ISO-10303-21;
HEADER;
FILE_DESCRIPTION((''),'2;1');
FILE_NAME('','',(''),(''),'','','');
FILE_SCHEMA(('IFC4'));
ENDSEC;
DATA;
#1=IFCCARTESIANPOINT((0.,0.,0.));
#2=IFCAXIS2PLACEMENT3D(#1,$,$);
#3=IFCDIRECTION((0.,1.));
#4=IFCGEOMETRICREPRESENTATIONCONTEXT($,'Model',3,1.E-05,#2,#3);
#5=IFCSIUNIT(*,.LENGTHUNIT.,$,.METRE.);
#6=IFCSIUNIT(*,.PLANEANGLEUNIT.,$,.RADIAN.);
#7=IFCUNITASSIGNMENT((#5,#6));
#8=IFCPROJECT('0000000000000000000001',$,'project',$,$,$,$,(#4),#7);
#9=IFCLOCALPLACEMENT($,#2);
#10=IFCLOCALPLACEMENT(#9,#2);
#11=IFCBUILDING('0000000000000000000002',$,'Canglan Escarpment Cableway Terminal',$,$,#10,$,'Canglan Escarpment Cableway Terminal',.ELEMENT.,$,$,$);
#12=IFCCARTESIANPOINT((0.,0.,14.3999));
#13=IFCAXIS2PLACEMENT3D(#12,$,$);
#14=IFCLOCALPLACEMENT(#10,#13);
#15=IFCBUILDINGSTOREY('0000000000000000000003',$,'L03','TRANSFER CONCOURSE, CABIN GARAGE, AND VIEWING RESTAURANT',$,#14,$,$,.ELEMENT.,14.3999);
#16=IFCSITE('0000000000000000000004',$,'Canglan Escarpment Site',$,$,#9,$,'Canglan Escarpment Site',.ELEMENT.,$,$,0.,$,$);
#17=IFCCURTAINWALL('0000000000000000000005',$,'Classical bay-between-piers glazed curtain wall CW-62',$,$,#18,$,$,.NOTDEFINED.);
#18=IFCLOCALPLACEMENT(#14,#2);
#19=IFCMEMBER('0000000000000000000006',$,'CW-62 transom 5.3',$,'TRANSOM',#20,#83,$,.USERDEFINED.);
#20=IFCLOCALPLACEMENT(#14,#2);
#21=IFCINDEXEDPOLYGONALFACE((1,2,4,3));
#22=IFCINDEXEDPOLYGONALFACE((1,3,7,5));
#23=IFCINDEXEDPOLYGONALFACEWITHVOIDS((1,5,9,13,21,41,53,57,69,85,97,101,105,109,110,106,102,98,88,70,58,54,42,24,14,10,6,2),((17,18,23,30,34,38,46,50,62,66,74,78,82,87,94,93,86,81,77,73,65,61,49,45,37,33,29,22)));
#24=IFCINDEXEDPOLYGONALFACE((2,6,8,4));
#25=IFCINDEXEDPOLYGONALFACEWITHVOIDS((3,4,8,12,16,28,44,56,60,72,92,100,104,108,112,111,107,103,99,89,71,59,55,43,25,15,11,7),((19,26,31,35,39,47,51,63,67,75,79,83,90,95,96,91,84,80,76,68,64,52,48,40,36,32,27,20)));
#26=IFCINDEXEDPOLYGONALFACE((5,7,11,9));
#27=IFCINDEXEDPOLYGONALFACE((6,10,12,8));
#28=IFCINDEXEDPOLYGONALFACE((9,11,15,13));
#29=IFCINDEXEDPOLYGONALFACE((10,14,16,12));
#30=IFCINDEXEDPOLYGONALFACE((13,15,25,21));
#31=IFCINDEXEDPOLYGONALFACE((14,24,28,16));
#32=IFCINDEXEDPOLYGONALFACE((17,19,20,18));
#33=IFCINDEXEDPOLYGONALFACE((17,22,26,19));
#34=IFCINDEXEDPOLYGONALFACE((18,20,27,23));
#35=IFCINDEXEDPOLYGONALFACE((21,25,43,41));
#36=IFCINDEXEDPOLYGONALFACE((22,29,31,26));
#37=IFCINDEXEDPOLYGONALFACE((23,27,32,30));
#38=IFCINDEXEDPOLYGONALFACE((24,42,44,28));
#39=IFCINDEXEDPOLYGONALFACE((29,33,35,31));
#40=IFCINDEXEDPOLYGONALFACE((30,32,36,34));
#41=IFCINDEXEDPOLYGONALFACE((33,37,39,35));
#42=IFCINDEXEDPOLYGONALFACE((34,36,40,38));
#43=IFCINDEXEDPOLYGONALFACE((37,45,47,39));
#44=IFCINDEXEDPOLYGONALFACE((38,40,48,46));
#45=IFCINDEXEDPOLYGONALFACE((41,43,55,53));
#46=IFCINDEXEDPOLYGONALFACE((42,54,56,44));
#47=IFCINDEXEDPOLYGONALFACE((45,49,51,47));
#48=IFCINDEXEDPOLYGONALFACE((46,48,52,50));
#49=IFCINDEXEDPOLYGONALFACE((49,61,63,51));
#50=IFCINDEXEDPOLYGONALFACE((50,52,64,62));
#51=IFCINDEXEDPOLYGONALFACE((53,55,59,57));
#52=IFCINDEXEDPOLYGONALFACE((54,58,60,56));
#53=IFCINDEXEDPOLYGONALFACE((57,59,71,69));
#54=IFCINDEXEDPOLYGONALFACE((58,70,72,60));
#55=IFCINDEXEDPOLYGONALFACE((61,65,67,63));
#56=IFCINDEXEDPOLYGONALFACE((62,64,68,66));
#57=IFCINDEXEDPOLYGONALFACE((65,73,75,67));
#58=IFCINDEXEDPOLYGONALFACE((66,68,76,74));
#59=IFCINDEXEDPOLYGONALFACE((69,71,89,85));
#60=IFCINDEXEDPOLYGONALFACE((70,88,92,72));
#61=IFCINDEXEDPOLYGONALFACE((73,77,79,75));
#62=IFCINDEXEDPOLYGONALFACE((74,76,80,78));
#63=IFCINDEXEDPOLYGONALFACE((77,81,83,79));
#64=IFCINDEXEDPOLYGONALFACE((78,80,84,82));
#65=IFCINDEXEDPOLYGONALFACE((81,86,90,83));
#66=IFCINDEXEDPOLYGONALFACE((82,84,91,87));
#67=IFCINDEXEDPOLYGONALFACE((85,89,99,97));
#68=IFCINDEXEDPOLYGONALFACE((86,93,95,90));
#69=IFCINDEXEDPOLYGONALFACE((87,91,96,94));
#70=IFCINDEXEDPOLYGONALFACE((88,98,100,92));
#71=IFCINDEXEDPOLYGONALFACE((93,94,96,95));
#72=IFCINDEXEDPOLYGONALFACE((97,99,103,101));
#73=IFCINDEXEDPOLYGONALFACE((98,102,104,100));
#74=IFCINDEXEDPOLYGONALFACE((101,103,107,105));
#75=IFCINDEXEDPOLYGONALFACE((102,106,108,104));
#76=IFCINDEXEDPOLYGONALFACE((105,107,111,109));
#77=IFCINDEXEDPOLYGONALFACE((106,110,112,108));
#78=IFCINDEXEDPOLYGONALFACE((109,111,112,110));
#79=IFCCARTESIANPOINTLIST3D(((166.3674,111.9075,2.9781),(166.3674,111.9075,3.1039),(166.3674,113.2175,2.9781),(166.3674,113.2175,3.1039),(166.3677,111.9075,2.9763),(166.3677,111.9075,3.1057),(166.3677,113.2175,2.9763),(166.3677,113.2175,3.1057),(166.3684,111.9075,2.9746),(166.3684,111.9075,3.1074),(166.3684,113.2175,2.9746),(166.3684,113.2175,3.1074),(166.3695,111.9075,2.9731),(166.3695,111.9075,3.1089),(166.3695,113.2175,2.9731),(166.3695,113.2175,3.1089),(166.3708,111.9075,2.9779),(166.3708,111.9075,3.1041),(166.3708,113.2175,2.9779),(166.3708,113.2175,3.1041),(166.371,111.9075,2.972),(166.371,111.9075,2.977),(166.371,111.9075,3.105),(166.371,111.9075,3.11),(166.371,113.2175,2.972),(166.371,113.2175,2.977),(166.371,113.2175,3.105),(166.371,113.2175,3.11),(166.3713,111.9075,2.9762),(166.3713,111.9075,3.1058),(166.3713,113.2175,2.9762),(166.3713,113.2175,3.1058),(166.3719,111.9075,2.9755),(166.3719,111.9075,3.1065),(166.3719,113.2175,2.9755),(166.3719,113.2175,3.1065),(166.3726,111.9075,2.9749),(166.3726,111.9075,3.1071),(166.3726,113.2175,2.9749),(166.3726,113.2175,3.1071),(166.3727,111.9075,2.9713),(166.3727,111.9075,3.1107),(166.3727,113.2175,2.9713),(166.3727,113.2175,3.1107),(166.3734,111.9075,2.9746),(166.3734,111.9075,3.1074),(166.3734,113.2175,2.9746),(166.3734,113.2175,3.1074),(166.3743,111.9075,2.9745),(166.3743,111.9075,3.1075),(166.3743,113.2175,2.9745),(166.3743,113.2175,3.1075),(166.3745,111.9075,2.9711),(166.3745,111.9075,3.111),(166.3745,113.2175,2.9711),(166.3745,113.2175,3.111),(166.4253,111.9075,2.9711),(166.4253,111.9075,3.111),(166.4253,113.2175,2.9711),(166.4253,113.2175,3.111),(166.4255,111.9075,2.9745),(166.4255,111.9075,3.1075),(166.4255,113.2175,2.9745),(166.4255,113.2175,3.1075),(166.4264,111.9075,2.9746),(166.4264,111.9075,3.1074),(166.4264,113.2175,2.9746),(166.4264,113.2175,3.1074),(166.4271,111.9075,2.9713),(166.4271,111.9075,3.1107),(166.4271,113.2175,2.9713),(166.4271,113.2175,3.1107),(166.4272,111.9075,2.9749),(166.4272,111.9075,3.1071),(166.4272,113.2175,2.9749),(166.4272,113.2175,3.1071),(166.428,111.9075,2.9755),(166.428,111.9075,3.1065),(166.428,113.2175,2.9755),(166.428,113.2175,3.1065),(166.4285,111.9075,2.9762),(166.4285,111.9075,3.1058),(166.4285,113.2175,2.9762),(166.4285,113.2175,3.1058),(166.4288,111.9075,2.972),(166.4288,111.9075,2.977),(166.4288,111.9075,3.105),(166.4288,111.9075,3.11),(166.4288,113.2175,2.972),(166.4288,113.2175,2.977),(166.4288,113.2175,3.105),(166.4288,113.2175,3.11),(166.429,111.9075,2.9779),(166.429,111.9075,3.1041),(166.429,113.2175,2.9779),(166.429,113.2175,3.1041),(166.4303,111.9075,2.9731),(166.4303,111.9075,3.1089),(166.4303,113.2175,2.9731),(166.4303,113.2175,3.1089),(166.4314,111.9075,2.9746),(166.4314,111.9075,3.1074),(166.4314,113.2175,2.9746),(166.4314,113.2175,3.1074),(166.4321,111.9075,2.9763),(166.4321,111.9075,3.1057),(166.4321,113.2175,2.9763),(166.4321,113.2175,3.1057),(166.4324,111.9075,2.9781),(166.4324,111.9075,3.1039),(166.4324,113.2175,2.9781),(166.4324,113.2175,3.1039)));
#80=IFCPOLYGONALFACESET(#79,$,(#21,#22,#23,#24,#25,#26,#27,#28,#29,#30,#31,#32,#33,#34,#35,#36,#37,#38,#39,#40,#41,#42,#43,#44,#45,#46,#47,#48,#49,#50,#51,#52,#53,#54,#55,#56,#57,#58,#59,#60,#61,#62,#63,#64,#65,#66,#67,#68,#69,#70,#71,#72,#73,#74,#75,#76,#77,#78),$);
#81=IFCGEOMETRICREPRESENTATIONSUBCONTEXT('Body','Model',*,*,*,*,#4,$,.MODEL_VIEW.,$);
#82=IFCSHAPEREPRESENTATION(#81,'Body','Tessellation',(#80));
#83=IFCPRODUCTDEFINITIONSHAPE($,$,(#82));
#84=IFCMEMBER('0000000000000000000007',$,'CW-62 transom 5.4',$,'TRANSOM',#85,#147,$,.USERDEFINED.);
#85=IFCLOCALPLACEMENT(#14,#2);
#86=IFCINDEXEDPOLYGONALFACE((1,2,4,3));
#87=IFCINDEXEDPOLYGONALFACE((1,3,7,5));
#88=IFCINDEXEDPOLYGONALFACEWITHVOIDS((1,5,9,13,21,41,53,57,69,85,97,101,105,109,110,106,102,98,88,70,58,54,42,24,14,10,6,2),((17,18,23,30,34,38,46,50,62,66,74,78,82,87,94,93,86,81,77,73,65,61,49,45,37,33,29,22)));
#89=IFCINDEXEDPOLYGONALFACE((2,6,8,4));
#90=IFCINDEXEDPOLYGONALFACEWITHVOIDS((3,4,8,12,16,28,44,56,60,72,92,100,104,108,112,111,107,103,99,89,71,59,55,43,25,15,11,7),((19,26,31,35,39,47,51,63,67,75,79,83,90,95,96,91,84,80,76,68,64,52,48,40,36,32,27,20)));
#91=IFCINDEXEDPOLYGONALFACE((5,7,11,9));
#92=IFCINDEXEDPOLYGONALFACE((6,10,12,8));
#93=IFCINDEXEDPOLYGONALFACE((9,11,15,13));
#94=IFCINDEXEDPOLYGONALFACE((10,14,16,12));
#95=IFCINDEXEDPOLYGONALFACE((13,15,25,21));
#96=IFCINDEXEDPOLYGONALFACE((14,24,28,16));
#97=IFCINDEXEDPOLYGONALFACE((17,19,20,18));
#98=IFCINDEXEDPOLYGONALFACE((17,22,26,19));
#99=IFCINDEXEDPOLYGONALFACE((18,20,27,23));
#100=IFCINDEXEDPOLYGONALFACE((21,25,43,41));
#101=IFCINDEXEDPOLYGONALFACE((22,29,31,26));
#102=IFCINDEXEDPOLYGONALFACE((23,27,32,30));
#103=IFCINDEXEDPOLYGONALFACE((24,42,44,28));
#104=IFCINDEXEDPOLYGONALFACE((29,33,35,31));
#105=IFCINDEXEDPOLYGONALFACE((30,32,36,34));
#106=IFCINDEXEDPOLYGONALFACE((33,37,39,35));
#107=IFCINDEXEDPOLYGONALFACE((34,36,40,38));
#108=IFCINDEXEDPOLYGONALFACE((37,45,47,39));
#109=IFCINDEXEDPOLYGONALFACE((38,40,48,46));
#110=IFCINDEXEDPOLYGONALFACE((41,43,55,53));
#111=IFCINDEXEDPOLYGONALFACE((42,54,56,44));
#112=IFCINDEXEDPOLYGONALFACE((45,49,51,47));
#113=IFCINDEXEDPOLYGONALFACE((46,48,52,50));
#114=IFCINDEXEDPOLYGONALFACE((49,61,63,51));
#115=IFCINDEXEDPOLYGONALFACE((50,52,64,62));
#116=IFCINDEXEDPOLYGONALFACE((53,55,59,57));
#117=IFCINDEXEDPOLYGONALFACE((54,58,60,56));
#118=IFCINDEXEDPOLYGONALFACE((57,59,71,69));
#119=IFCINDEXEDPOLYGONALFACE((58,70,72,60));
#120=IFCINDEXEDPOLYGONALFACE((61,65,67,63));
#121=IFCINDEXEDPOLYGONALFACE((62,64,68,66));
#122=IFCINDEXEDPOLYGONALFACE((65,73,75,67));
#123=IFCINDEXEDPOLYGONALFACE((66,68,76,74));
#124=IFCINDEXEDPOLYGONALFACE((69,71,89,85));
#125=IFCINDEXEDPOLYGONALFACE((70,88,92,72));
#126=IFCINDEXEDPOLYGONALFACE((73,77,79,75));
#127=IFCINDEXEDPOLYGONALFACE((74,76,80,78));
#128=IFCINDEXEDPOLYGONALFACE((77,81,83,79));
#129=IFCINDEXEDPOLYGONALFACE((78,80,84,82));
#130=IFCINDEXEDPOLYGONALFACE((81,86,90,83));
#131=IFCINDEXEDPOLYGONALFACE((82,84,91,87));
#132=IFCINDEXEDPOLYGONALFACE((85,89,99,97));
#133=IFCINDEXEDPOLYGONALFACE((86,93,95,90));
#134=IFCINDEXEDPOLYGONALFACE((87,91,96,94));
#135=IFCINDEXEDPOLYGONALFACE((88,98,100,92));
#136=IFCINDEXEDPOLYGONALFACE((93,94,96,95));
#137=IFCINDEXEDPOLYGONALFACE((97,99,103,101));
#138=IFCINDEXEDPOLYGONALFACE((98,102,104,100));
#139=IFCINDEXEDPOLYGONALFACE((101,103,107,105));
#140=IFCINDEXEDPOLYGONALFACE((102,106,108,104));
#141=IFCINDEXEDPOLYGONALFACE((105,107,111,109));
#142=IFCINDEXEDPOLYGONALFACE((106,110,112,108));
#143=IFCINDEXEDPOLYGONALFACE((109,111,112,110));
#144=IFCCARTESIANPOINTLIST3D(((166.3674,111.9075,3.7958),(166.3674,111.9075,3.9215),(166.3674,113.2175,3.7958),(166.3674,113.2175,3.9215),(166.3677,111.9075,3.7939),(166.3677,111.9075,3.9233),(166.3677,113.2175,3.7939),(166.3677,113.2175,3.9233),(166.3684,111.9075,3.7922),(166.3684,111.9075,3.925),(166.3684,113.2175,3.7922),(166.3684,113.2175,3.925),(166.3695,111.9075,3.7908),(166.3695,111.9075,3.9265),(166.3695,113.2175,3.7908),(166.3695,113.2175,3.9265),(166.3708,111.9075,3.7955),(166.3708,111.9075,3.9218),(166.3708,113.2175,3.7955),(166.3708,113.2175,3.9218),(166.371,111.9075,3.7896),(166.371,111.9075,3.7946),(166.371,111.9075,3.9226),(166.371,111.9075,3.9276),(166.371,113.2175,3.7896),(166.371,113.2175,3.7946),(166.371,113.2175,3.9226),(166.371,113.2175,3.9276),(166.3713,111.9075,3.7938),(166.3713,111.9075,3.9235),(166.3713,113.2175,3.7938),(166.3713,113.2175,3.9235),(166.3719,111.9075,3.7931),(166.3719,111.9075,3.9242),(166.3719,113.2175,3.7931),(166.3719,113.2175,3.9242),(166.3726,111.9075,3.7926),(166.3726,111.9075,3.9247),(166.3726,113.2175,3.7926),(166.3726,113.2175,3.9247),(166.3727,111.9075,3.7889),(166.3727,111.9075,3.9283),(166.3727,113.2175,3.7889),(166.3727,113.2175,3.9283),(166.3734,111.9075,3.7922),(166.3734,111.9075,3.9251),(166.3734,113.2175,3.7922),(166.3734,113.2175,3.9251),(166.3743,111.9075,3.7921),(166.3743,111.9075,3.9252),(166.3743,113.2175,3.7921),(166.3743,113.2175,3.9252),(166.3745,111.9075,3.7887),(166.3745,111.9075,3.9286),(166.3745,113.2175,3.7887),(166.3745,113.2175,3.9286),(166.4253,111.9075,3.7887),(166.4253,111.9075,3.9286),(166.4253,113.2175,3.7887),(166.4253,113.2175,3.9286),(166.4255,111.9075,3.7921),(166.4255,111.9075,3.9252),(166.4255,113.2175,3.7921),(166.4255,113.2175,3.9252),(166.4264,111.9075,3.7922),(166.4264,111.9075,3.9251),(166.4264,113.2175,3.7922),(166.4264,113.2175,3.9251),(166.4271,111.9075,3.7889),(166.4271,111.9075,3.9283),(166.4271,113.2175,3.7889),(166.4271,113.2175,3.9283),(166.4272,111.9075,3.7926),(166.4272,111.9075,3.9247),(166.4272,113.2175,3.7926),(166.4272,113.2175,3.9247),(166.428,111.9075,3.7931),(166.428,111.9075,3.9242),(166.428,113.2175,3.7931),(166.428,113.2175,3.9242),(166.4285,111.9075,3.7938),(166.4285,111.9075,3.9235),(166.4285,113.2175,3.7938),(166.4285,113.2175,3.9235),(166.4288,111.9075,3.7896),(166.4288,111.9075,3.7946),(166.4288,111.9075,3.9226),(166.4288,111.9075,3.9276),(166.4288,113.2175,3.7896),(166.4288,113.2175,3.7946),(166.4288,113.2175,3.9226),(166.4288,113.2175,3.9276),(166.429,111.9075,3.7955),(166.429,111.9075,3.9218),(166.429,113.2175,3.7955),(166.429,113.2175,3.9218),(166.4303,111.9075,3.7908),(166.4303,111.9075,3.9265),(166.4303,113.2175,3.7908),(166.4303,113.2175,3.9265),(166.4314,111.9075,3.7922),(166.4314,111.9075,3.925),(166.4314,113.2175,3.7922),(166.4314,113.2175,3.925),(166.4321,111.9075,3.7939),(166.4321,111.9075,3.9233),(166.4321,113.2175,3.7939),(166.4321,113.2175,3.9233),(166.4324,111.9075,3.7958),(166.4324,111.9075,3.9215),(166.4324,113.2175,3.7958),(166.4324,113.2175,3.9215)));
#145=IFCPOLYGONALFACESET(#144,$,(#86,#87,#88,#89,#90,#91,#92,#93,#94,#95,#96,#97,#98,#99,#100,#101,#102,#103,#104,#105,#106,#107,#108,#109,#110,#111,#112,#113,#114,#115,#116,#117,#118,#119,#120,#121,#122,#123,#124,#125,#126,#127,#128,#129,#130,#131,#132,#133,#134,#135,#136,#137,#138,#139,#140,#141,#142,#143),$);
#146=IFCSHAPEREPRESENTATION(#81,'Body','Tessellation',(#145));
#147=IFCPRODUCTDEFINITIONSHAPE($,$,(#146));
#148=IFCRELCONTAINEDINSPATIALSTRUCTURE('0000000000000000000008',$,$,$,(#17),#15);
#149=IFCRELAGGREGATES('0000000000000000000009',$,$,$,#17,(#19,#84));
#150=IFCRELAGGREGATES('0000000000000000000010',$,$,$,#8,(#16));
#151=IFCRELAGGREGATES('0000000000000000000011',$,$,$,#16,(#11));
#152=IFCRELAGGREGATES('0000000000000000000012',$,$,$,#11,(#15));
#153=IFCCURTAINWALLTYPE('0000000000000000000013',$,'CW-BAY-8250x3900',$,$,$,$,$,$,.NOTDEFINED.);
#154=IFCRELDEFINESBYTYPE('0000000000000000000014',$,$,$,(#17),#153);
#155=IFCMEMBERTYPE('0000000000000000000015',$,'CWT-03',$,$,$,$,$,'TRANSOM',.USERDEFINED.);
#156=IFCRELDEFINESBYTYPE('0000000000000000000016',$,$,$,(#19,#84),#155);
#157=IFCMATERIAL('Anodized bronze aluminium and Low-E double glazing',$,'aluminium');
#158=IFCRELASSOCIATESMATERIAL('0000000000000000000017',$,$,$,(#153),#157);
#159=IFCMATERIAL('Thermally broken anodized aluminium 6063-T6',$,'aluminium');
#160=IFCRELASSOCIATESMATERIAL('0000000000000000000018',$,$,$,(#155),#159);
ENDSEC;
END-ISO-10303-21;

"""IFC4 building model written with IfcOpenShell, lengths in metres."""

from ifc_helpers import new_model, si_unit, direction, frame, origin, origin_2d, place, context, subcontext, project, spatial, hollow_rectangle, extrude, material, material_profile, profile_set, type_object, element, aggregate, save


model = new_model("IFC4")

# Units and contexts
model_context = context("Model", 3, precision=1e-05, world=origin(), true_north=direction((0.0, 1.0)))
body_context = subcontext(model_context, "Body", "Model", "MODEL_VIEW")
ifc_project = project(units=[si_unit("LENGTHUNIT", "METRE"), si_unit("PLANEANGLEUNIT", "RADIAN")], contexts=[model_context])

# Site, building, storey
site_placement = place(None, origin())
site = spatial("IfcSite", under=ifc_project, at=site_placement, Name="Canglan Escarpment Site", LongName="Canglan Escarpment Site", CompositionType="ELEMENT", RefElevation=0.0)
building_placement = place(site_placement, origin())
building = spatial("IfcBuilding", under=site, at=building_placement, Name="Canglan Escarpment Cableway Terminal", LongName="Canglan Escarpment Cableway Terminal", CompositionType="ELEMENT")
storey_placement = place(building_placement, frame((0.0, 0.0, 14.3999)))
storey = spatial("IfcBuildingStorey", under=building, at=storey_placement, Name="L03", Description="TRANSFER CONCOURSE, CABIN GARAGE, AND VIEWING RESTAURANT", CompositionType="ELEMENT", Elevation=14.3999)

# Curtain wall, members
ifc_material_1 = material(Name="Anodized bronze aluminium and Low-E double glazing", Category="aluminium")
curtain_wall_type = type_object("IfcCurtainWallType", Name="CW-BAY-8250x3900", PredefinedType="NOTDEFINED", material=ifc_material_1)
curtain_wall_placement = place(storey_placement, origin())
curtain_wall = element("IfcCurtainWall", 1, at=curtain_wall_placement, inside=storey, type_object=curtain_wall_type, Name="Classical bay-between-piers glazed curtain wall CW-62", PredefinedType="NOTDEFINED")
ifc_material_2 = material(Name="Thermally broken anodized aluminium 6063-T6", Category="aluminium")
ifc_material_profile_1 = material_profile(ifc_material_2, hollow_rectangle(XDim=0.0649, YDim=0.1399, WallThickness=0.0034, InnerFilletRadius=0.0034, OuterFilletRadius=0.0071, at=origin_2d()), Name="ALU-TRAN 65x140x3.5")
ifc_profile_set_1 = profile_set([ifc_material_profile_1], Name="Thermally broken anodized aluminium 6063-T6")
member_type_1 = type_object("IfcMemberType", Name="CWT-03", ElementType="TRANSOM", PredefinedType="USERDEFINED", material=ifc_profile_set_1)
member_1_placement = place(storey_placement, frame((166.3999, 111.9075, 3.041), z_axis=(0.0, 1.0, 0.0), x_axis=(-1.0, 0.0, 0.0)))
member_1 = element("IfcMember", 2, at=member_1_placement, type_object=member_type_1, Name="CW-62 transom 5.3", ObjectType="TRANSOM", PredefinedType="USERDEFINED", context=body_context, shape_type="SweptSolid", body=[
    extrude(hollow_rectangle(XDim=0.0649, YDim=0.1399, WallThickness=0.0034, InnerFilletRadius=0.0034, OuterFilletRadius=0.0071, at=origin_2d()), origin(), (0.0, 0.0, 1.0), 1.3101),
])
member_2_placement = place(storey_placement, frame((166.3999, 111.9075, 3.8586), z_axis=(0.0, 1.0, 0.0), x_axis=(-1.0, 0.0, 0.0)))
member_2 = element("IfcMember", 3, at=member_2_placement, type_object=member_type_1, Name="CW-62 transom 5.4", ObjectType="TRANSOM", PredefinedType="USERDEFINED", context=body_context, shape_type="SweptSolid", body=[
    extrude(hollow_rectangle(XDim=0.0649, YDim=0.1399, WallThickness=0.0034, InnerFilletRadius=0.0034, OuterFilletRadius=0.0071, at=origin_2d()), origin(), (0.0, 0.0, 1.0), 1.3101),
])
aggregate(curtain_wall, [member_1, member_2])

save(model, "model.ifc")
